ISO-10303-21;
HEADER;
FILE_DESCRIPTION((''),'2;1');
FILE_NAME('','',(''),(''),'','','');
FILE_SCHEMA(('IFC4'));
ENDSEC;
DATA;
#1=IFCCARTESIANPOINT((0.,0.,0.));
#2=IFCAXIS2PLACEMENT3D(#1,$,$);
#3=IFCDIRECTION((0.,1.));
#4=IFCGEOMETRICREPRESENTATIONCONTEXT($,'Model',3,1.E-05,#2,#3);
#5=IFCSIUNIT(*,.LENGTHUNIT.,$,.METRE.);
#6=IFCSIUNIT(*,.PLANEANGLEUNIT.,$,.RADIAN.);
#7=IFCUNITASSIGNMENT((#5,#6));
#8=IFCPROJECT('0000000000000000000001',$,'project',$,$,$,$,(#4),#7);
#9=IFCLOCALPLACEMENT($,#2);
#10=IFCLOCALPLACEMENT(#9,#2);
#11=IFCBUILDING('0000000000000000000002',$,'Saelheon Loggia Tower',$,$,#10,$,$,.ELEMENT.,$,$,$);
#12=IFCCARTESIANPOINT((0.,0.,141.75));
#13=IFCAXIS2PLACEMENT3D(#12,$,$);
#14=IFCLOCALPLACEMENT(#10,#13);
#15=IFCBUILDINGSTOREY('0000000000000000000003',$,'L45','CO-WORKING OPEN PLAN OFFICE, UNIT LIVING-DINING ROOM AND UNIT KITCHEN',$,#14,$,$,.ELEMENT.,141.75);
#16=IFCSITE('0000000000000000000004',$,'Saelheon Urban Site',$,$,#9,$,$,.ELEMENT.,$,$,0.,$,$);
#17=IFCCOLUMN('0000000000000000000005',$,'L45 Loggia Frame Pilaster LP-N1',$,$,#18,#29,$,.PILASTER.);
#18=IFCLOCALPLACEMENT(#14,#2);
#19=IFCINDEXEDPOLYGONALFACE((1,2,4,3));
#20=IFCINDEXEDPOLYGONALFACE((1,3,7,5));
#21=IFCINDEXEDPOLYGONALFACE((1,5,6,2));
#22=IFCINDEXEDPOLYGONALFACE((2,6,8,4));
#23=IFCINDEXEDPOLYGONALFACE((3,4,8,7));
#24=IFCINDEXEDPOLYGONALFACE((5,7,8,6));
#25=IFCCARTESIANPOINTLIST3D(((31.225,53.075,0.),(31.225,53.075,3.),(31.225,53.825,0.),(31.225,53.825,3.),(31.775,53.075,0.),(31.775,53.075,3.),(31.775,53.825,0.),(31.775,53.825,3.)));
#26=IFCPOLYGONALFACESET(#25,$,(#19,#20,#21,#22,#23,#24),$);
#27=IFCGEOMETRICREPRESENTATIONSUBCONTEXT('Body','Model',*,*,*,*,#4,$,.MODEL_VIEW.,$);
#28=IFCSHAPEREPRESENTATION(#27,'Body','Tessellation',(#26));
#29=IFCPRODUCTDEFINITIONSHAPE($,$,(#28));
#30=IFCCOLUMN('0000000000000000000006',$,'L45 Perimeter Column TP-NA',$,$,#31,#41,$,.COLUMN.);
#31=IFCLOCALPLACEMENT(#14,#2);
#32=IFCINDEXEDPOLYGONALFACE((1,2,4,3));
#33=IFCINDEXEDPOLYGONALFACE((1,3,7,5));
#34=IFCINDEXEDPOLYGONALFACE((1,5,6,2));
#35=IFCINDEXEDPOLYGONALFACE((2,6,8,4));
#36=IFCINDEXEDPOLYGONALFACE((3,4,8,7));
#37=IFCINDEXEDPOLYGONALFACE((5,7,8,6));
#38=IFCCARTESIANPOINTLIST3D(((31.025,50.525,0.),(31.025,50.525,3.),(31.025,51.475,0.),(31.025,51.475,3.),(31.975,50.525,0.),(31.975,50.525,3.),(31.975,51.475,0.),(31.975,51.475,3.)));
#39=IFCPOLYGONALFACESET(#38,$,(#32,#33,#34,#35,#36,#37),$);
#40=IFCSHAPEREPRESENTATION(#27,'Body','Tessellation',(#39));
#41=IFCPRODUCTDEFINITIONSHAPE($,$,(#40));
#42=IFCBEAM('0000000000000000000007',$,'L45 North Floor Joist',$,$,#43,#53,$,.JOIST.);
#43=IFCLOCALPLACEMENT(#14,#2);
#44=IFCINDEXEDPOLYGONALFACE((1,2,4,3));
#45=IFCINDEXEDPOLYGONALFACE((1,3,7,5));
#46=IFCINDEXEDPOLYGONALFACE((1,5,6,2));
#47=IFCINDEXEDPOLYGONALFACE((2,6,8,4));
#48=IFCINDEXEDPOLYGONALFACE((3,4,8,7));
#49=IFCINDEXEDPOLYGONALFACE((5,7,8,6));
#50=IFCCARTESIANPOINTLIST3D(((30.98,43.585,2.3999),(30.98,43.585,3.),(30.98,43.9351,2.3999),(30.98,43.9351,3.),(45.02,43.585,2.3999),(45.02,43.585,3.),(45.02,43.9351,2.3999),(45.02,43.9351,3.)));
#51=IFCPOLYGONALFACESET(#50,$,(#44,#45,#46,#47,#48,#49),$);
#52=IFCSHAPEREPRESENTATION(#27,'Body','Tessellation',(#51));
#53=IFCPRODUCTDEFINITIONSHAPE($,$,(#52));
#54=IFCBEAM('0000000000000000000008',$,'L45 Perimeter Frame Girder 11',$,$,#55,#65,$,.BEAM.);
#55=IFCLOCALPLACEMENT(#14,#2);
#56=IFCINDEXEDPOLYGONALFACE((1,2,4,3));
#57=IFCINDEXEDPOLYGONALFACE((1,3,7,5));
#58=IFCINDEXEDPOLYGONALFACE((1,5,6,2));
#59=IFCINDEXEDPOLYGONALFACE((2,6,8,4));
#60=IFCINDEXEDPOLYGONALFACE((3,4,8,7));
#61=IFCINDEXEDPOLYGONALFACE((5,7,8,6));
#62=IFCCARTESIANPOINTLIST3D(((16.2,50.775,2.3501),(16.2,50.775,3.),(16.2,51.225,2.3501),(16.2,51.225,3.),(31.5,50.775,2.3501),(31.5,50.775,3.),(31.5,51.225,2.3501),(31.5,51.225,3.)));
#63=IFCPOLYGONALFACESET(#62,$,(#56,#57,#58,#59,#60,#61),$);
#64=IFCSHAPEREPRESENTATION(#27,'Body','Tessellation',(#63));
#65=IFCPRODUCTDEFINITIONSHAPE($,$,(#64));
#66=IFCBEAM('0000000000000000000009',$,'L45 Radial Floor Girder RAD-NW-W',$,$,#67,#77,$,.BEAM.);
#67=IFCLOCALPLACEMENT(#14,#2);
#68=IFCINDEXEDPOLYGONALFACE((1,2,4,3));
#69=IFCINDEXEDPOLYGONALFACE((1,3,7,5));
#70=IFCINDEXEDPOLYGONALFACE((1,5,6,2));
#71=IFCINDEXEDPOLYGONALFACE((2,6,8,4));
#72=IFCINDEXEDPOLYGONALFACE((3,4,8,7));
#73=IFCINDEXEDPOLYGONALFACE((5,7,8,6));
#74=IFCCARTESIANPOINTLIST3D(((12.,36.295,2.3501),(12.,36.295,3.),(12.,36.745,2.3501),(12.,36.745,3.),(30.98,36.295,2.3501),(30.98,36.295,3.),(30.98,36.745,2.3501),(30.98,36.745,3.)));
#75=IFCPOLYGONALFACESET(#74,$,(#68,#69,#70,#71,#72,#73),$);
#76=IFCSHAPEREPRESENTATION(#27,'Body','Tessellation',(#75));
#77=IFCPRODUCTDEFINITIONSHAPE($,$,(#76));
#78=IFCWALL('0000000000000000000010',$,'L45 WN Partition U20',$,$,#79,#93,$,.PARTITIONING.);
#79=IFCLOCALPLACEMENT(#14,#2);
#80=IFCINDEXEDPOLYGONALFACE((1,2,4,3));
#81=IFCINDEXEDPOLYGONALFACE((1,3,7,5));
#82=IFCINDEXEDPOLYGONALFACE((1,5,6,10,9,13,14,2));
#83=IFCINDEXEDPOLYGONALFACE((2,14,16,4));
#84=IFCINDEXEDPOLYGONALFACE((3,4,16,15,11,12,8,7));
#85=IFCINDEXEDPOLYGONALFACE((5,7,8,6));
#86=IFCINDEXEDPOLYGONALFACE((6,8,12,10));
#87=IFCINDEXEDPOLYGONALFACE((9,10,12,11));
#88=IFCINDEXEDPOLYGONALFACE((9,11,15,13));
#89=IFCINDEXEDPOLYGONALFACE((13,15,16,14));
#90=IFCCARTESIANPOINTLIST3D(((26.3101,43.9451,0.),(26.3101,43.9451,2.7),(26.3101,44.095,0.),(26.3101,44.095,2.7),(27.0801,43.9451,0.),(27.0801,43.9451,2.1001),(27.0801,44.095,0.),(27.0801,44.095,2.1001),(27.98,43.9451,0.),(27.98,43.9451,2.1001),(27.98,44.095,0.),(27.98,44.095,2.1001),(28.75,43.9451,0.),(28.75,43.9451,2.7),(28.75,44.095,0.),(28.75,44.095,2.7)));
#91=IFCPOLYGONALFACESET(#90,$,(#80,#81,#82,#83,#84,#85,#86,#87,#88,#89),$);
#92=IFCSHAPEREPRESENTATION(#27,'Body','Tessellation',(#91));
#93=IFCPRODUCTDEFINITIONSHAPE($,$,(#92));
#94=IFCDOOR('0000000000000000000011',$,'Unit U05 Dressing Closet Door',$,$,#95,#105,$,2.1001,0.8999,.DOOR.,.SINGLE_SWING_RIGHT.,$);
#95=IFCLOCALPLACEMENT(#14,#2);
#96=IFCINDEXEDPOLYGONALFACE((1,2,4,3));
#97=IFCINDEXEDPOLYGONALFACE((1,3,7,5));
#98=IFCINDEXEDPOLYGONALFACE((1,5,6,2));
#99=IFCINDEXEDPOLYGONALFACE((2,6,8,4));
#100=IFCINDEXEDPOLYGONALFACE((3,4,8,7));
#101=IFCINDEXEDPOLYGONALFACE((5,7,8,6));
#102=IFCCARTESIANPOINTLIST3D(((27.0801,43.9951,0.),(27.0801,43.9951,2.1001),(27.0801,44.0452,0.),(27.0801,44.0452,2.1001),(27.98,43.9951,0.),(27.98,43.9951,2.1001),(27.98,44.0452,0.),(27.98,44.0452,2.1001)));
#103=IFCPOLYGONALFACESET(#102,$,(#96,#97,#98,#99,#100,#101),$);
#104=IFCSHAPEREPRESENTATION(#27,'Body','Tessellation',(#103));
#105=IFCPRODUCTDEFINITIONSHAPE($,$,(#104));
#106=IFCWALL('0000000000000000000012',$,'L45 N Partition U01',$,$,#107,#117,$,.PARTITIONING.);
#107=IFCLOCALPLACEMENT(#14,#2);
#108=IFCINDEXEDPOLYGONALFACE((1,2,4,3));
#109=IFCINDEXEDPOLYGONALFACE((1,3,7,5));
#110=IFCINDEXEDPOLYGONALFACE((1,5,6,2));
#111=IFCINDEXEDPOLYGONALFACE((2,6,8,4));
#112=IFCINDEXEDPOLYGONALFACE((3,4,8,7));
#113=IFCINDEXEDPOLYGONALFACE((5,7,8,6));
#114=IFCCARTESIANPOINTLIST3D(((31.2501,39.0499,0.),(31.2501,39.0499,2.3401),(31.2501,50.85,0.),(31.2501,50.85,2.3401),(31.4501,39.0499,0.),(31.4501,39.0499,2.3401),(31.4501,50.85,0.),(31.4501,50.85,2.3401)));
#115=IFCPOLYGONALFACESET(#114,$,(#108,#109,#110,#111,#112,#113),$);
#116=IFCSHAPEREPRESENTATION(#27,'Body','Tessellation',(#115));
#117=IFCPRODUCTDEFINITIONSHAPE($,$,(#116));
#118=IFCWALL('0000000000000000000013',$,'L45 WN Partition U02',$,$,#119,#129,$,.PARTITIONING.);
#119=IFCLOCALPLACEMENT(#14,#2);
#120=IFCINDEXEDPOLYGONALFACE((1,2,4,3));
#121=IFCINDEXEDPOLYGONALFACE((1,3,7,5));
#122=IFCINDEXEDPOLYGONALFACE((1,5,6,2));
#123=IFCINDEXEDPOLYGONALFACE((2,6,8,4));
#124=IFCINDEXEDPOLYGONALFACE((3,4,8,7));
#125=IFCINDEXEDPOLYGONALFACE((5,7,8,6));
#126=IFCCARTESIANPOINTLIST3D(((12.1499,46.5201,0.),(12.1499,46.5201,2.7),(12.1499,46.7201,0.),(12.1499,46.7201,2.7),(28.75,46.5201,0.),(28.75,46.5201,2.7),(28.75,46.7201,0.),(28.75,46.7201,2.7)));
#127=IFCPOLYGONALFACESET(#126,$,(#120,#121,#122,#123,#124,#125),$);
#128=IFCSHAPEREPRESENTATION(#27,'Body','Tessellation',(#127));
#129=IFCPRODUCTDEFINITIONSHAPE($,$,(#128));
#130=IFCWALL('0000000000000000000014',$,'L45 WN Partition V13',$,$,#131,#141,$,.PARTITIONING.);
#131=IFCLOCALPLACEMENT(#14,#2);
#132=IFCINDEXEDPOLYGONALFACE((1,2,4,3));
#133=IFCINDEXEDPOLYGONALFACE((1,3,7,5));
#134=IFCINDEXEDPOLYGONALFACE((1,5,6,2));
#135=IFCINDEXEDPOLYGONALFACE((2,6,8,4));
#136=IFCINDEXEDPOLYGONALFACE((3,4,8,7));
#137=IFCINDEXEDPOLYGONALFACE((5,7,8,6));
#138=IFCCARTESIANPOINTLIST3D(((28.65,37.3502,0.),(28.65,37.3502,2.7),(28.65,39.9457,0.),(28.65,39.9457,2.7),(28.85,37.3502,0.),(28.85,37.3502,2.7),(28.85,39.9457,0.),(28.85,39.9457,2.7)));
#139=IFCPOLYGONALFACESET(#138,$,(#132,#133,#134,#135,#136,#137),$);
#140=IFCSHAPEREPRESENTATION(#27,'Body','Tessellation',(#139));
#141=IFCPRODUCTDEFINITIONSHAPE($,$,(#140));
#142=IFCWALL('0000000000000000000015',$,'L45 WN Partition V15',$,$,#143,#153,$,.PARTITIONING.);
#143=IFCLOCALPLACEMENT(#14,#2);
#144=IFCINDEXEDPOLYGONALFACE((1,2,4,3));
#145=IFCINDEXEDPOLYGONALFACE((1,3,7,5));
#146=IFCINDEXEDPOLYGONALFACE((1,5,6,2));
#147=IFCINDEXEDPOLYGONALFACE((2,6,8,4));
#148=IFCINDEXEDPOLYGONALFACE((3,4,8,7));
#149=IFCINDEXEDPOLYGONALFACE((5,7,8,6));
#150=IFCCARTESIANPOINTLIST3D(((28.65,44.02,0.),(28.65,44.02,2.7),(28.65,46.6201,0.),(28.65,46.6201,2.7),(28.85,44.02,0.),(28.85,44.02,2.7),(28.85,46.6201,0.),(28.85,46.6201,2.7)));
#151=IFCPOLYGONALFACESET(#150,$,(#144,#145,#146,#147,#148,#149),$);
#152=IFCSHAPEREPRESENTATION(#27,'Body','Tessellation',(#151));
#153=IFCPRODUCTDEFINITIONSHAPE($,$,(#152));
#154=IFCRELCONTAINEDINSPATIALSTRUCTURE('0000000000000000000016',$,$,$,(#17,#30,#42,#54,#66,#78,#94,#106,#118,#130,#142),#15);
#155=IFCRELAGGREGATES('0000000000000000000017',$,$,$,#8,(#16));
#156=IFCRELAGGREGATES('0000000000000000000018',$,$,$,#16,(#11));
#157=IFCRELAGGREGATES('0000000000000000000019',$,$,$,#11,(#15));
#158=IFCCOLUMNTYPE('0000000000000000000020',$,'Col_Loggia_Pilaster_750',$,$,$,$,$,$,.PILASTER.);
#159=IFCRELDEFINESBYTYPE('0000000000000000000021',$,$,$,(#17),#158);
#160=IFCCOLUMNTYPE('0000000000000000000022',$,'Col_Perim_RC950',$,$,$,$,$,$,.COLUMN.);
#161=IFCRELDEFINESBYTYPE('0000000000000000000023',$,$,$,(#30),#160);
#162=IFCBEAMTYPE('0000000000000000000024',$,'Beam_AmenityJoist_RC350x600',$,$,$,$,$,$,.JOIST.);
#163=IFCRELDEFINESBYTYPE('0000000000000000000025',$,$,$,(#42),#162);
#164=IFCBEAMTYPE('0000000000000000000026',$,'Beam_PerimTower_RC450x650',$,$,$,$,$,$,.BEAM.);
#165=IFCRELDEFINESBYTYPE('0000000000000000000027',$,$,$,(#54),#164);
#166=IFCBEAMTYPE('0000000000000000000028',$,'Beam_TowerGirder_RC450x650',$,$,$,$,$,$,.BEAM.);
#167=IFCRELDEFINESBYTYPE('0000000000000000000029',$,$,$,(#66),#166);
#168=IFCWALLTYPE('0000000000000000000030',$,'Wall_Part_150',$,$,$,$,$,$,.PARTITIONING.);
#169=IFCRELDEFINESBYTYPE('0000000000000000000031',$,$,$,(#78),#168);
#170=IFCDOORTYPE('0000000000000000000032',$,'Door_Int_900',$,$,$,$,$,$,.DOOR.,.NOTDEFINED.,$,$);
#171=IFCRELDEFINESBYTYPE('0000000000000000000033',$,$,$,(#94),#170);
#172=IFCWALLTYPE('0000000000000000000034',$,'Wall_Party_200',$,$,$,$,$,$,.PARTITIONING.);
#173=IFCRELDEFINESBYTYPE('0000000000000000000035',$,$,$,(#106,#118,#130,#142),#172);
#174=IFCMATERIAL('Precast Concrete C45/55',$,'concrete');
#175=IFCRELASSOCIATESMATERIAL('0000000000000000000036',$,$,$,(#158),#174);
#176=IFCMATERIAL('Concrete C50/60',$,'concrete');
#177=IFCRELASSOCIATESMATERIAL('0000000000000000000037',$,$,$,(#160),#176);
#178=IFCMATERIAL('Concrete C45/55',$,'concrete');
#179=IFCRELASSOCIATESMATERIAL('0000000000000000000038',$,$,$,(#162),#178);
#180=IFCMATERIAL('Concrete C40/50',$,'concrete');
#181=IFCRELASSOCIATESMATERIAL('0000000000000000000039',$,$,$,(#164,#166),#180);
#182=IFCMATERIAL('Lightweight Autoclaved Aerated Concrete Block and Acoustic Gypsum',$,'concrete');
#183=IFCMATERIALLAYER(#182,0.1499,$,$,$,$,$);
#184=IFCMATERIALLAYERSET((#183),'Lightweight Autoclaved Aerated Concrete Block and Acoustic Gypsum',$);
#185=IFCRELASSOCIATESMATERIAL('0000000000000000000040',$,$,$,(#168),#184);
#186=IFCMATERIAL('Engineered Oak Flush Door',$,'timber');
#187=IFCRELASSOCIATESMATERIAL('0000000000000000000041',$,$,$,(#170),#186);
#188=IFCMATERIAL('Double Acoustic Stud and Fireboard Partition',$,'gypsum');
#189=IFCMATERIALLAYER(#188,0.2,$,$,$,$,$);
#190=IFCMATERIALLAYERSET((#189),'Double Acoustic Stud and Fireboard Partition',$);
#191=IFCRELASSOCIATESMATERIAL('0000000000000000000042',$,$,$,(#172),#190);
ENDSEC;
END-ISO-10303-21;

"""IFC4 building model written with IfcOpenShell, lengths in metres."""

from ifc_helpers import new_model, si_unit, direction, frame, frame_2d, origin, origin_2d, place, context, subcontext, project, spatial, rectangle, extrude, source, transform, mapped, material, layer, layer_set, material_profile, profile_set, type_object, element, fill, save


model = new_model("IFC4")

# Units and contexts
model_context = context("Model", 3, precision=1e-05, world=origin(), true_north=direction((0.0, 1.0)))
body_context = subcontext(model_context, "Body", "Model", "MODEL_VIEW")
ifc_project = project(units=[si_unit("LENGTHUNIT", "METRE"), si_unit("PLANEANGLEUNIT", "RADIAN")], contexts=[model_context])

# Site, building, storey
site_placement = place(None, origin())
site = spatial("IfcSite", under=ifc_project, at=site_placement, Name="Saelheon Urban Site", CompositionType="ELEMENT", RefElevation=0.0)
building_placement = place(site_placement, origin())
building = spatial("IfcBuilding", under=site, at=building_placement, Name="Saelheon Loggia Tower", CompositionType="ELEMENT")
storey_placement = place(building_placement, frame((0.0, 0.0, 141.75)))
storey = spatial("IfcBuildingStorey", under=building, at=storey_placement, Name="L45", Description="CO-WORKING OPEN PLAN OFFICE, UNIT LIVING-DINING ROOM AND UNIT KITCHEN", CompositionType="ELEMENT", Elevation=141.75)

# Columns
ifc_material_1 = material(Name="Precast Concrete C45/55", Category="concrete")
ifc_material_profile_1 = material_profile(ifc_material_1, rectangle(XDim=0.55, YDim=0.75, at=origin_2d()), Name="RC-550x750")
ifc_profile_set_1 = profile_set([ifc_material_profile_1], Name="Precast Concrete C45/55")
column_type_1 = type_object("IfcColumnType", Name="Col_Loggia_Pilaster_750", PredefinedType="PILASTER", material=ifc_profile_set_1)
shared_shape_1 = source(origin(), body_context, "Body", "SweptSolid", [
    extrude(rectangle(XDim=0.55, YDim=0.75, at=origin_2d()), origin(), (0.0, 0.0, 1.0), 3.0),
])
column_1_placement = place(storey_placement, frame((31.5, 53.45, 0.0), z_axis=(0.0, 0.0, 1.0), x_axis=(1.0, 0.0, 0.0)))
element("IfcColumn", 1, at=column_1_placement, inside=storey, type_object=column_type_1, Name="L45 Loggia Frame Pilaster LP-N1", PredefinedType="PILASTER", context=body_context, shape_type="MappedRepresentation", body=[
    mapped(shared_shape_1, transform((0.0, 0.0, 0.0), scale=1.0)),
])
ifc_material_2 = material(Name="Concrete C50/60", Category="concrete")
ifc_material_profile_2 = material_profile(ifc_material_2, rectangle(XDim=0.95, YDim=0.95, at=origin_2d()), Name="RC-950x950")
ifc_profile_set_2 = profile_set([ifc_material_profile_2], Name="Concrete C50/60")
column_type_2 = type_object("IfcColumnType", Name="Col_Perim_RC950", PredefinedType="COLUMN", material=ifc_profile_set_2)
shared_shape_2 = source(origin(), body_context, "Body", "SweptSolid", [
    extrude(rectangle(XDim=0.95, YDim=0.95, at=origin_2d()), origin(), (0.0, 0.0, 1.0), 3.0),
])
column_2_placement = place(storey_placement, frame((31.5, 51.0, 0.0), z_axis=(0.0, 0.0, 1.0), x_axis=(1.0, 0.0, 0.0)))
element("IfcColumn", 2, at=column_2_placement, inside=storey, type_object=column_type_2, Name="L45 Perimeter Column TP-NA", PredefinedType="COLUMN", context=body_context, shape_type="MappedRepresentation", body=[
    mapped(shared_shape_2, transform((0.0, 0.0, 0.0), scale=1.0)),
])

# Beams
ifc_material_3 = material(Name="Concrete C45/55", Category="concrete")
ifc_material_profile_3 = material_profile(ifc_material_3, rectangle(XDim=0.3501, YDim=0.6001, at=origin_2d()), Name="RC-350x600")
ifc_profile_set_3 = profile_set([ifc_material_profile_3], Name="Concrete C45/55")
beam_type_1 = type_object("IfcBeamType", Name="Beam_AmenityJoist_RC350x600", PredefinedType="JOIST", material=ifc_profile_set_3)
shared_shape_3 = source(origin(), body_context, "Body", "SweptSolid", [
    extrude(rectangle(XDim=0.3501, YDim=0.6001, at=origin_2d()), origin(), (0.0, 0.0, 1.0), 14.04),
])
beam_1_placement = place(storey_placement, frame((30.98, 43.76, 2.7), z_axis=(1.0, 0.0, 0.0), x_axis=(0.0, 1.0, 0.0)))
element("IfcBeam", 3, at=beam_1_placement, inside=storey, type_object=beam_type_1, Name="L45 North Floor Joist", PredefinedType="JOIST", context=body_context, shape_type="MappedRepresentation", body=[
    mapped(shared_shape_3, transform((0.0, 0.0, 0.0), scale=1.0)),
])
ifc_material_4 = material(Name="Concrete C40/50", Category="concrete")
ifc_material_profile_4 = material_profile(ifc_material_4, rectangle(XDim=0.45, YDim=0.6499, at=origin_2d()), Name="RC-450x650")
ifc_profile_set_4 = profile_set([ifc_material_profile_4], Name="Concrete C40/50")
beam_type_2 = type_object("IfcBeamType", Name="Beam_PerimTower_RC450x650", PredefinedType="BEAM", material=ifc_profile_set_4)
shared_shape_4 = source(origin(), body_context, "Body", "SweptSolid", [
    extrude(rectangle(XDim=0.45, YDim=0.6499, at=origin_2d()), origin(), (0.0, 0.0, 1.0), 15.3),
])
beam_2_placement = place(storey_placement, frame((31.5, 51.0, 2.675), z_axis=(-1.0, 0.0, 0.0), x_axis=(0.0, -1.0, 0.0)))
element("IfcBeam", 4, at=beam_2_placement, inside=storey, type_object=beam_type_2, Name="L45 Perimeter Frame Girder 11", PredefinedType="BEAM", context=body_context, shape_type="MappedRepresentation", body=[
    mapped(shared_shape_4, transform((0.0, 0.0, 0.0), scale=1.0)),
])
ifc_material_profile_5 = material_profile(ifc_material_4, rectangle(XDim=0.45, YDim=0.6499, at=origin_2d()), Name="RC-450x650")
ifc_profile_set_5 = profile_set([ifc_material_profile_5], Name="Concrete C40/50")
beam_type_3 = type_object("IfcBeamType", Name="Beam_TowerGirder_RC450x650", PredefinedType="BEAM", material=ifc_profile_set_5)
shared_shape_5 = source(origin(), body_context, "Body", "SweptSolid", [
    extrude(rectangle(XDim=0.45, YDim=0.6499, at=origin_2d()), origin(), (0.0, 0.0, 1.0), 18.98),
])
beam_3_placement = place(storey_placement, frame((30.98, 36.52, 2.675), z_axis=(-1.0, 0.0, 0.0), x_axis=(0.0, -1.0, 0.0)))
element("IfcBeam", 5, at=beam_3_placement, inside=storey, type_object=beam_type_3, Name="L45 Radial Floor Girder RAD-NW-W", PredefinedType="BEAM", context=body_context, shape_type="MappedRepresentation", body=[
    mapped(shared_shape_5, transform((0.0, 0.0, 0.0), scale=1.0)),
])

# Wall, opening, door
ifc_material_5 = material(Name="Lightweight Autoclaved Aerated Concrete Block and Acoustic Gypsum", Category="concrete")
ifc_layer_1 = layer(ifc_material_5, 0.1499)
ifc_layer_set_1 = layer_set([ifc_layer_1], Name="Lightweight Autoclaved Aerated Concrete Block and Acoustic Gypsum")
wall_type_1 = type_object("IfcWallType", Name="Wall_Part_150", PredefinedType="PARTITIONING", material=ifc_layer_set_1)
wall_1_placement = place(storey_placement, frame((28.75, 44.02, 0.0), z_axis=(0.0, 0.0, 1.0), x_axis=(-1.0, 0.0, 0.0)))
wall_1 = element("IfcWall", 6, at=wall_1_placement, inside=storey, type_object=wall_type_1, Name="L45 WN Partition U20", PredefinedType="PARTITIONING", context=body_context, shape_type="SweptSolid", body=[
    extrude(rectangle(XDim=2.4399, YDim=0.1499, at=frame_2d((1.22, 0.0))), origin(), (0.0, 0.0, 1.0), 2.7),
])
opening_1_placement = place(wall_1_placement, frame((0.77, 0.0, 0.0)))
opening_1 = element("IfcOpeningElement", 7, at=opening_1_placement, cuts=wall_1, PredefinedType="OPENING", context=body_context, shape_type="SweptSolid", body=[
    extrude(rectangle(XDim=0.8999, YDim=2.1001, at=frame_2d((0.45, 1.05))), frame((0.0, 0.0869, 0.0), z_axis=(0.0, -1.0, 0.0), x_axis=(1.0, 0.0, 0.0)), (0.0, 0.0, 1.0), 0.1738),
])
ifc_material_6 = material(Name="Engineered Oak Flush Door", Category="timber")
door_type_1 = type_object("IfcDoorType", Name="Door_Int_900", OperationType="NOTDEFINED", PredefinedType="DOOR", material=ifc_material_6)
shared_shape_6 = source(origin(), body_context, "Body", "SweptSolid", [
    extrude(rectangle(XDim=0.8999, YDim=2.1001, at=frame_2d((0.45, 1.05))), frame((0.0, 0.0249, 0.0), z_axis=(0.0, -1.0, 0.0), x_axis=(1.0, 0.0, 0.0)), (0.0, 0.0, 1.0), 0.05),
])
door_1_placement = place(opening_1_placement, origin())
door_1 = element("IfcDoor", 8, at=door_1_placement, inside=storey, type_object=door_type_1, Name="Unit U05 Dressing Closet Door", OperationType="SINGLE_SWING_RIGHT", OverallHeight=2.1001, OverallWidth=0.8999, PredefinedType="DOOR", context=body_context, shape_type="MappedRepresentation", body=[
    mapped(shared_shape_6, transform((0.0, 0.0, 0.0), scale=1.0)),
])
fill(opening_1, door_1)

# Walls
ifc_material_7 = material(Name="Double Acoustic Stud and Fireboard Partition", Category="gypsum")
ifc_layer_2 = layer(ifc_material_7, 0.2)
ifc_layer_set_2 = layer_set([ifc_layer_2], Name="Double Acoustic Stud and Fireboard Partition")
wall_type_2 = type_object("IfcWallType", Name="Wall_Party_200", PredefinedType="PARTITIONING", material=ifc_layer_set_2)
wall_2_placement = place(storey_placement, frame((31.3501, 39.05, 0.0), z_axis=(0.0, 0.0, 1.0), x_axis=(0.0, 1.0, 0.0)))
element("IfcWall", 9, at=wall_2_placement, inside=storey, type_object=wall_type_2, Name="L45 N Partition U01", PredefinedType="PARTITIONING", context=body_context, shape_type="SweptSolid", body=[
    extrude(rectangle(XDim=11.8, YDim=0.2, at=frame_2d((5.8999, 0.0))), origin(), (0.0, 0.0, 1.0), 2.3401),
])
wall_3_placement = place(storey_placement, frame((28.75, 46.6201, 0.0), z_axis=(0.0, 0.0, 1.0), x_axis=(-1.0, 0.0, 0.0)))
element("IfcWall", 10, at=wall_3_placement, inside=storey, type_object=wall_type_2, Name="L45 WN Partition U02", PredefinedType="PARTITIONING", context=body_context, shape_type="SweptSolid", body=[
    extrude(rectangle(XDim=16.6001, YDim=0.2, at=frame_2d((8.3, 0.0))), origin(), (0.0, 0.0, 1.0), 2.7),
])
wall_4_placement = place(storey_placement, frame((28.75, 37.3501, 0.0), z_axis=(0.0, 0.0, 1.0), x_axis=(0.0, 1.0, 0.0)))
element("IfcWall", 11, at=wall_4_placement, inside=storey, type_object=wall_type_2, Name="L45 WN Partition V13", PredefinedType="PARTITIONING", context=body_context, shape_type="SweptSolid", body=[
    extrude(rectangle(XDim=2.5955, YDim=0.2, at=frame_2d((1.2979, 0.0))), origin(), (0.0, 0.0, 1.0), 2.7),
])

# Wall
wall_5_placement = place(storey_placement, frame((28.75, 44.02, 0.0), z_axis=(0.0, 0.0, 1.0), x_axis=(0.0, 1.0, 0.0)))
element("IfcWall", 12, at=wall_5_placement, inside=storey, type_object=wall_type_2, Name="L45 WN Partition V15", PredefinedType="PARTITIONING", context=body_context, shape_type="SweptSolid", body=[
    extrude(rectangle(XDim=2.6001, YDim=0.2, at=frame_2d((1.3, 0.0))), origin(), (0.0, 0.0, 1.0), 2.7),
])

save(model, "model.ifc")
